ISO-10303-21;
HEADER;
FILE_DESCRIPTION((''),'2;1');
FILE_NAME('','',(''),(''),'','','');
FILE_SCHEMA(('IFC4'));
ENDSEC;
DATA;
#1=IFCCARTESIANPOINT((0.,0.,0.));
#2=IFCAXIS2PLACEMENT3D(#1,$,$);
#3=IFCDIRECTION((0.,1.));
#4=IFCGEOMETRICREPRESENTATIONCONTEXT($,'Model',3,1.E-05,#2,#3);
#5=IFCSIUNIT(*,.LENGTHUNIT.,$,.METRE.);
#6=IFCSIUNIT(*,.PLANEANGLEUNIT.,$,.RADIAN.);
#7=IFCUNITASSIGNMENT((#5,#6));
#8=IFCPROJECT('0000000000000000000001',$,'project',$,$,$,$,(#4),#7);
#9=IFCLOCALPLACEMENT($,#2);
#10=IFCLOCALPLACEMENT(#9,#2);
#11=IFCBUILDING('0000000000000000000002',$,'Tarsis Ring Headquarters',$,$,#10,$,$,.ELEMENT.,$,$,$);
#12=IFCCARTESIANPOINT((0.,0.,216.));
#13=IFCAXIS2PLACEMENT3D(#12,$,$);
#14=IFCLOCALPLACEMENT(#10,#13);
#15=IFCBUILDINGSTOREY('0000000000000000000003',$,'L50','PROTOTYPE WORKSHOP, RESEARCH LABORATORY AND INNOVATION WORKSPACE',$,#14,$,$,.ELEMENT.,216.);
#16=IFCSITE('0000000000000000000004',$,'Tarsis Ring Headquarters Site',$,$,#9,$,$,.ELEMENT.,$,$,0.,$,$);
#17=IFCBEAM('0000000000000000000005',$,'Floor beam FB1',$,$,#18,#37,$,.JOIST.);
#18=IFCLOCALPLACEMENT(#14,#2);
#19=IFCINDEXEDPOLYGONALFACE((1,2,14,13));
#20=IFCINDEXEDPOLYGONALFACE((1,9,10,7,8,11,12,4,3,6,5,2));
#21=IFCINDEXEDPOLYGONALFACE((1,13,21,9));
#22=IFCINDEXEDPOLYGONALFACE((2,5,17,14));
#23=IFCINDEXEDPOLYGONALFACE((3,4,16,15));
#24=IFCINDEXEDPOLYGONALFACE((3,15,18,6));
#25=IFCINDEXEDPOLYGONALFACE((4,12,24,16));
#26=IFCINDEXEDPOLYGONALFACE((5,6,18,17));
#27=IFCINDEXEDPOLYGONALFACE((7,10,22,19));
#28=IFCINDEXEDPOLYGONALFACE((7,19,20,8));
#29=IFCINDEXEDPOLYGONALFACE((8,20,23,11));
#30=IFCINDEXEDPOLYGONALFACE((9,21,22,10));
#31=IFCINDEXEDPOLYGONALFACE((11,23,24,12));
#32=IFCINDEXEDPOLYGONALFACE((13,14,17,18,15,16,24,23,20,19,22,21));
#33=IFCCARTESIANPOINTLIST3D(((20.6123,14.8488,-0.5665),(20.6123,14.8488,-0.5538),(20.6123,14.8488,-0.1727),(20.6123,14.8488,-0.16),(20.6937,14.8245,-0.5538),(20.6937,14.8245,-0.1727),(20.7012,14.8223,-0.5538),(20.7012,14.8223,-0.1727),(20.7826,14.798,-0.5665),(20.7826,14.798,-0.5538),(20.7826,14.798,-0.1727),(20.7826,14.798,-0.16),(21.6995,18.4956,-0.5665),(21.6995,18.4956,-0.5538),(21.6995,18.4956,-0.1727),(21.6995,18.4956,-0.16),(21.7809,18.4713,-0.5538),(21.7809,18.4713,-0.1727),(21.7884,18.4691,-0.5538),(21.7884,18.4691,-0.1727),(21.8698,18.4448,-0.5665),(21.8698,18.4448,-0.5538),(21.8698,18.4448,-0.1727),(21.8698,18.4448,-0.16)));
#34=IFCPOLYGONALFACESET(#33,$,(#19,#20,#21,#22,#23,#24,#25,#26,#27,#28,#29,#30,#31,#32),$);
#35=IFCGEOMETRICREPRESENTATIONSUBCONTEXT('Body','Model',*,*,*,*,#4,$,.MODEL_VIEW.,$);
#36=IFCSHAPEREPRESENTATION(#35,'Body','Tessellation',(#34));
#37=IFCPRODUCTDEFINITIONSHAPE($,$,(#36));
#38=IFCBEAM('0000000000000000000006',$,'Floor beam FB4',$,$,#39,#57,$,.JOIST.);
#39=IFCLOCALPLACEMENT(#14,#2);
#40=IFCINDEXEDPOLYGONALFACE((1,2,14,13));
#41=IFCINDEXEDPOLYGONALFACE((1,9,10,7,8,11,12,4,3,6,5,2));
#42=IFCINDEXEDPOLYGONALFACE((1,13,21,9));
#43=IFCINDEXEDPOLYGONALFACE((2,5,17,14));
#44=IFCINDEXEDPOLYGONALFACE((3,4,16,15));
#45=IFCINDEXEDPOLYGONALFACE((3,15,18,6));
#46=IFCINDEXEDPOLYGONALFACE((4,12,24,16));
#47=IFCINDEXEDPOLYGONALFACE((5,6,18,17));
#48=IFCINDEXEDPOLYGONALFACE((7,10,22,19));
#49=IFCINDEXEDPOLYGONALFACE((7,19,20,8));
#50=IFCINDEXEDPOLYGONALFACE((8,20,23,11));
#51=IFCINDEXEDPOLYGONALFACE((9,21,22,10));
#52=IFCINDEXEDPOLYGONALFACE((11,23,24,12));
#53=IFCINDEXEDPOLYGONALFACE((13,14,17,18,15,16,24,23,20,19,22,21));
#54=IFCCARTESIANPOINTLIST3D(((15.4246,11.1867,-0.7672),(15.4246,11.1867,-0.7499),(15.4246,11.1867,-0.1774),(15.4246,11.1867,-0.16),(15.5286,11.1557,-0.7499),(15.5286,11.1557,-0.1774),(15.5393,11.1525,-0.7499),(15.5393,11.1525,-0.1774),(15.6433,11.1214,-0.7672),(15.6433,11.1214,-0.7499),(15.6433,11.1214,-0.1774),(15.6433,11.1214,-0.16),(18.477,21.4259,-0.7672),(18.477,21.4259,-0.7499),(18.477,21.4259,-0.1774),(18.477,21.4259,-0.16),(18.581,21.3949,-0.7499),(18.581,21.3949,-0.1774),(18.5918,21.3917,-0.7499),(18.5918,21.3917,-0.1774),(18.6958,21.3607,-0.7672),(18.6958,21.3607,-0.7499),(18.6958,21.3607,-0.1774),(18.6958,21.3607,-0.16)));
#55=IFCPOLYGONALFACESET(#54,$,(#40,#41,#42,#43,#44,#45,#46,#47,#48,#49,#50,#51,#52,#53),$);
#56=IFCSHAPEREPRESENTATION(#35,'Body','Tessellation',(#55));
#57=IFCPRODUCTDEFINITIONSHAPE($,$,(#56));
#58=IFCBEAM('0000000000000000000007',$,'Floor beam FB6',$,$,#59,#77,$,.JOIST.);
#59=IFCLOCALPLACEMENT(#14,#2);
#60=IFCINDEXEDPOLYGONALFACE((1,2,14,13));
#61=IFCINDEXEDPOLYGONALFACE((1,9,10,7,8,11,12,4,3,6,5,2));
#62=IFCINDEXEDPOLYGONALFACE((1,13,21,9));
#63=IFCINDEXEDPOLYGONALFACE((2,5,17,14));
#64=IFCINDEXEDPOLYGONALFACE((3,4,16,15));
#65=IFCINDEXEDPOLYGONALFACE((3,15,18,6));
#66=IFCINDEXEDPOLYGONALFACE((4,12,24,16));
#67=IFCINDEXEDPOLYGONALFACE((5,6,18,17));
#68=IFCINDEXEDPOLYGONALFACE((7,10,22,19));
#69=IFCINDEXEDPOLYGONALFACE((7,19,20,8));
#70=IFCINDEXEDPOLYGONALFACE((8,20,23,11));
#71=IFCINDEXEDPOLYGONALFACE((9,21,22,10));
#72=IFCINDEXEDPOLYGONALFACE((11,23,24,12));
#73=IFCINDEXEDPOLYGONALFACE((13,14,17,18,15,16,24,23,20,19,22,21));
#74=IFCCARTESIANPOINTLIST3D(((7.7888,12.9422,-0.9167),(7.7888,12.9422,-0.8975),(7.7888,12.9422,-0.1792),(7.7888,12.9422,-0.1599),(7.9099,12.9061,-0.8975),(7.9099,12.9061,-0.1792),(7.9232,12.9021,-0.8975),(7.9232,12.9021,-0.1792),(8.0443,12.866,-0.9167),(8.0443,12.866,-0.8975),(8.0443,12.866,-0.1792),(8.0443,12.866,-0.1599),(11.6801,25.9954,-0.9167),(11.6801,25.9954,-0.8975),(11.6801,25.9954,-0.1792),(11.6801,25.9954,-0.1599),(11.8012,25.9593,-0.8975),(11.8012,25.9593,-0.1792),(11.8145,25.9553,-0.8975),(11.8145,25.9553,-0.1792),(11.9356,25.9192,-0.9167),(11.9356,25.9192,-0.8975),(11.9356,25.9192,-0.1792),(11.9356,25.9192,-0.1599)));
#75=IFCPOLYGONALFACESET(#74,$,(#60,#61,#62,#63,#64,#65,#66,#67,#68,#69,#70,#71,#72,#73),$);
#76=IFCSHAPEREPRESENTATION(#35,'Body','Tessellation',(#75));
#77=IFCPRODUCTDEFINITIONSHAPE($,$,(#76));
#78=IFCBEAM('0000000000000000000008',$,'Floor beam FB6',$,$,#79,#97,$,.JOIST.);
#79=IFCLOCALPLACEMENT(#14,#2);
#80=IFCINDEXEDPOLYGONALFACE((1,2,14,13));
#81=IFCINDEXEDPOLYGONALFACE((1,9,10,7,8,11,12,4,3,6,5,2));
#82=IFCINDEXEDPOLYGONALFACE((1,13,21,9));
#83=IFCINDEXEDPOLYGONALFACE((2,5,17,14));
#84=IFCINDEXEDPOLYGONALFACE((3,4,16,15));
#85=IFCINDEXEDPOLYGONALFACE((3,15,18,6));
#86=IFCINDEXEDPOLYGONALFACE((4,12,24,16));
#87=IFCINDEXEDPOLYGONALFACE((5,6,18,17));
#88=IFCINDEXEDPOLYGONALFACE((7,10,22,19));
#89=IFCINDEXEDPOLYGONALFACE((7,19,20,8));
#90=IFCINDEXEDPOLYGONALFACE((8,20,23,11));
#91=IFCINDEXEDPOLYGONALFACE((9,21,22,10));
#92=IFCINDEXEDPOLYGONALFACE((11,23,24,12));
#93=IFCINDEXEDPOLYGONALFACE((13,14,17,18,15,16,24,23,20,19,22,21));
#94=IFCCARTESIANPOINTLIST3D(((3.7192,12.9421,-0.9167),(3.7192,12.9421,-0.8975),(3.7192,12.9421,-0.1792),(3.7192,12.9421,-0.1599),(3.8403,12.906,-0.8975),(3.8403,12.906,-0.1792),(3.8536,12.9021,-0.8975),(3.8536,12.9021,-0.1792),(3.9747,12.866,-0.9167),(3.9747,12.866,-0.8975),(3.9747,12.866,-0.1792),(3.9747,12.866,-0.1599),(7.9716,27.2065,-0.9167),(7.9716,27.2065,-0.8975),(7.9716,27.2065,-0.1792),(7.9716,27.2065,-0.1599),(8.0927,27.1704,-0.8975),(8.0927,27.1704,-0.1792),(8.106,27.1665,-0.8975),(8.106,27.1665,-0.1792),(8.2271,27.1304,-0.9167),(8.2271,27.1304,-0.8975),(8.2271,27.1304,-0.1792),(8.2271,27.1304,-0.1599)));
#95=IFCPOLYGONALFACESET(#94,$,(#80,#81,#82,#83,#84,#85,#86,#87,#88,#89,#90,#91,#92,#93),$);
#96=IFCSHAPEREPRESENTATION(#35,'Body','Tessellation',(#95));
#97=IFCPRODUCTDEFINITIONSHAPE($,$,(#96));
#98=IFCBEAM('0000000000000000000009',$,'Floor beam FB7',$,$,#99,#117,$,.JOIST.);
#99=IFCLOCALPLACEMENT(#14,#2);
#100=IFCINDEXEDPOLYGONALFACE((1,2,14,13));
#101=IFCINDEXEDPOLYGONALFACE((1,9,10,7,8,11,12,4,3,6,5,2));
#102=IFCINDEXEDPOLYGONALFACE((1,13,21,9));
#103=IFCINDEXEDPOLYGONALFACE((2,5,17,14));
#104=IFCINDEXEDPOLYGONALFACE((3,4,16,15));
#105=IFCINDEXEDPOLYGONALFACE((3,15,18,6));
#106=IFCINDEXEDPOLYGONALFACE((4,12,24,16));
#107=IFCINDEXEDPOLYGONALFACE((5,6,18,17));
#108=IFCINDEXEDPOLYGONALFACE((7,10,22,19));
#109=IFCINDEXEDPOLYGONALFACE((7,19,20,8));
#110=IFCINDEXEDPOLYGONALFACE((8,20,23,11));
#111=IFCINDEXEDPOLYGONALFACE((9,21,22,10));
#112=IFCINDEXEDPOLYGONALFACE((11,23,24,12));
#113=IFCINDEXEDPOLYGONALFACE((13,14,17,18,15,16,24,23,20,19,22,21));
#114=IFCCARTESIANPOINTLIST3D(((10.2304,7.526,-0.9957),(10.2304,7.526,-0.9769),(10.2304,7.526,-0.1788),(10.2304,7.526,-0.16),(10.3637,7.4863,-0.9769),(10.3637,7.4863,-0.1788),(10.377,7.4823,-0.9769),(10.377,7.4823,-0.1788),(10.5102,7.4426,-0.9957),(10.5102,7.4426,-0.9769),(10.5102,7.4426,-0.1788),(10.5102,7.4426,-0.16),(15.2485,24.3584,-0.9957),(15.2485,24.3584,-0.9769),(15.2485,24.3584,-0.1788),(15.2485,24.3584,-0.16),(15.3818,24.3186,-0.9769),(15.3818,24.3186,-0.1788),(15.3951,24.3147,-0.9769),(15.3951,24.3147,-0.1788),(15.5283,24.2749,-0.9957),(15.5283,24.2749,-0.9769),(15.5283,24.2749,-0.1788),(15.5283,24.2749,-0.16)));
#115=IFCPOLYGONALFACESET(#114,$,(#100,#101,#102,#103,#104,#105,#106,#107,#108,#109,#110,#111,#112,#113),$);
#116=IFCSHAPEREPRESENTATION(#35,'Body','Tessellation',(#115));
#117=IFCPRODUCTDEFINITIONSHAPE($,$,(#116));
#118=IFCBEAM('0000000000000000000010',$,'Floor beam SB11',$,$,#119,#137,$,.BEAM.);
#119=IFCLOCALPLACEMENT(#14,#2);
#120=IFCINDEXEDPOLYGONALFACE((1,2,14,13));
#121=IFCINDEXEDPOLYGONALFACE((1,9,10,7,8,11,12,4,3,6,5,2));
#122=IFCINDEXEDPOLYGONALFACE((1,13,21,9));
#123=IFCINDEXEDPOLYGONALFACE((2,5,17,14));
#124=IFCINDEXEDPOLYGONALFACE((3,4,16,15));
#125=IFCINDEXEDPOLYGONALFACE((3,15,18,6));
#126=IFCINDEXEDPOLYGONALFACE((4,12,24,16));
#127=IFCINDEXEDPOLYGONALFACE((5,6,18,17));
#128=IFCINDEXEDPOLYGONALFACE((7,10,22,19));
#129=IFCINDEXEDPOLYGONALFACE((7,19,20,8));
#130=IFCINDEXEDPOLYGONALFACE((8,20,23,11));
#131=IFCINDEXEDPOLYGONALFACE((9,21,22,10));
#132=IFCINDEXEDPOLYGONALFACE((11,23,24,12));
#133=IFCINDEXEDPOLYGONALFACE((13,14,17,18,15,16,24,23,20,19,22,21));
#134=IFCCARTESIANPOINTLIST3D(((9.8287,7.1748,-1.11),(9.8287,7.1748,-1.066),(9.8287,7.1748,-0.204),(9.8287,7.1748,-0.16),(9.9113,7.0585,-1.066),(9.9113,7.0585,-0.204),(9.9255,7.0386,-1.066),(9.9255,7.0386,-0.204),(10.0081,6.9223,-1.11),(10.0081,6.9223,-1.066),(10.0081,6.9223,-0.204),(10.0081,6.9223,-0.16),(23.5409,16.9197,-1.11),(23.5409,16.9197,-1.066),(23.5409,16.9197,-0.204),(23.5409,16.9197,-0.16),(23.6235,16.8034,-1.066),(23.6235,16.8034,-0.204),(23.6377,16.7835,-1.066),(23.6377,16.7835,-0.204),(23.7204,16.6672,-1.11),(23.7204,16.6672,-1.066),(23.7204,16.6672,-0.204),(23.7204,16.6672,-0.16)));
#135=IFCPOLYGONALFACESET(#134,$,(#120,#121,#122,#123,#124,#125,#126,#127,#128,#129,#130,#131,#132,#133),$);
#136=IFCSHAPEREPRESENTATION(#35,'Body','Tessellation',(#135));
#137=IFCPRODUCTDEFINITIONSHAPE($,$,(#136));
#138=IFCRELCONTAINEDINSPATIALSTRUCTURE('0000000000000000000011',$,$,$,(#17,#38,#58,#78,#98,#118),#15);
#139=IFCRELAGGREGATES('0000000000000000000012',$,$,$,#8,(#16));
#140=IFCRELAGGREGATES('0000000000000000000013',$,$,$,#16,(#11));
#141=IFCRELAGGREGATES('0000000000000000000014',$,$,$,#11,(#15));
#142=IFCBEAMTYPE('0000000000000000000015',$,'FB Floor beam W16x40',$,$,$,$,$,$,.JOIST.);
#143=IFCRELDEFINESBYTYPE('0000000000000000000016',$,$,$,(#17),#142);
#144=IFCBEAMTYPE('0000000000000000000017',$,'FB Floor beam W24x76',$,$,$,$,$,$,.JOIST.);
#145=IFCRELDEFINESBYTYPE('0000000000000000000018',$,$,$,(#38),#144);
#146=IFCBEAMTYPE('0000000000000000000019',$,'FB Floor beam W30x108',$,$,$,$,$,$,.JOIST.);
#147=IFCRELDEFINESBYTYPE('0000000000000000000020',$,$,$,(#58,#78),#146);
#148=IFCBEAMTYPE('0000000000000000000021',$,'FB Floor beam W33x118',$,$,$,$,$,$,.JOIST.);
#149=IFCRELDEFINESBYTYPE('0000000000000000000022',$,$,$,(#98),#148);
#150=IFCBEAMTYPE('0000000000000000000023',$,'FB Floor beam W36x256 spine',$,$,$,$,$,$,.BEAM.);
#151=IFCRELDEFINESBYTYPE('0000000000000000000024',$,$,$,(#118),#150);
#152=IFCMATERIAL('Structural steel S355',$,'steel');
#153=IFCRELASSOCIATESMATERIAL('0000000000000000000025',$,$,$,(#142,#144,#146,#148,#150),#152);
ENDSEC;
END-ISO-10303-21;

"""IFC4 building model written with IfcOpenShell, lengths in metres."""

from ifc_helpers import new_model, si_unit, direction, frame, origin, origin_2d, place, context, subcontext, project, spatial, i_section, extrude, material, material_profile, profile_set, type_object, element, save


model = new_model("IFC4")

# Units and contexts
model_context = context("Model", 3, precision=1e-05, world=origin(), true_north=direction((0.0, 1.0)))
body_context = subcontext(model_context, "Body", "Model", "MODEL_VIEW")
ifc_project = project(units=[si_unit("LENGTHUNIT", "METRE"), si_unit("PLANEANGLEUNIT", "RADIAN")], contexts=[model_context])

# Site, building, storey
site_placement = place(None, origin())
site = spatial("IfcSite", under=ifc_project, at=site_placement, Name="Tarsis Ring Headquarters Site", CompositionType="ELEMENT", RefElevation=0.0)
building_placement = place(site_placement, origin())
building = spatial("IfcBuilding", under=site, at=building_placement, Name="Tarsis Ring Headquarters", CompositionType="ELEMENT")
storey_placement = place(building_placement, frame((0.0, 0.0, 216.0)))
storey = spatial("IfcBuildingStorey", under=building, at=storey_placement, Name="L50", Description="PROTOTYPE WORKSHOP, RESEARCH LABORATORY AND INNOVATION WORKSPACE", CompositionType="ELEMENT", Elevation=216.0)

# Shared definitions
ifc_material_1 = material(Name="Structural steel S355", Category="steel")

# Beams
ifc_material_profile_1 = material_profile(ifc_material_1, i_section(OverallWidth=0.1777, OverallDepth=0.4065, WebThickness=0.0078, FlangeThickness=0.0127, at=origin_2d()), Name="W16x40")
ifc_profile_set_1 = profile_set([ifc_material_profile_1], Name="Structural steel S355")
beam_type_1 = type_object("IfcBeamType", Name="FB Floor beam W16x40", PredefinedType="JOIST", material=ifc_profile_set_1)
beam_1_placement = place(storey_placement, frame((21.7847, 18.4702, -0.3633), z_axis=(-0.285693, -0.958321, 0.0), x_axis=(0.958321, -0.285693, 0.0)))
element("IfcBeam", 1, at=beam_1_placement, inside=storey, type_object=beam_type_1, Name="Floor beam FB1", PredefinedType="JOIST", context=body_context, shape_type="SweptSolid", body=[
    extrude(i_section(OverallWidth=0.1777, OverallDepth=0.4065, WebThickness=0.0078, FlangeThickness=0.0127, at=origin_2d()), origin(), (0.0, 0.0, 1.0), 3.8054),
])
ifc_material_profile_2 = material_profile(ifc_material_1, i_section(OverallWidth=0.2283, OverallDepth=0.6072, WebThickness=0.0112, FlangeThickness=0.0173, at=origin_2d()), Name="W24x76")
ifc_profile_set_2 = profile_set([ifc_material_profile_2], Name="Structural steel S355")
beam_type_2 = type_object("IfcBeamType", Name="FB Floor beam W24x76", PredefinedType="JOIST", material=ifc_profile_set_2)
beam_2_placement = place(storey_placement, frame((18.5864, 21.3933, -0.4636), z_axis=(-0.285691, -0.958322, 0.0), x_axis=(0.958322, -0.285691, 0.0)))
element("IfcBeam", 2, at=beam_2_placement, inside=storey, type_object=beam_type_2, Name="Floor beam FB4", PredefinedType="JOIST", context=body_context, shape_type="SweptSolid", body=[
    extrude(i_section(OverallWidth=0.2283, OverallDepth=0.6072, WebThickness=0.0112, FlangeThickness=0.0173, at=origin_2d()), origin(), (0.0, 0.0, 1.0), 10.6846),
])
ifc_material_profile_3 = material_profile(ifc_material_1, i_section(OverallWidth=0.2666, OverallDepth=0.7568, WebThickness=0.0139, FlangeThickness=0.0193, at=origin_2d()), Name="W30x108")
ifc_profile_set_3 = profile_set([ifc_material_profile_3], Name="Structural steel S355")
beam_type_3 = type_object("IfcBeamType", Name="FB Floor beam W30x108", PredefinedType="JOIST", material=ifc_profile_set_3)
beam_3_placement = place(storey_placement, frame((11.8079, 25.9573, -0.5383), z_axis=(-0.28569, -0.958322, 0.0), x_axis=(0.958322, -0.28569, 0.0)))
element("IfcBeam", 3, at=beam_3_placement, inside=storey, type_object=beam_type_3, Name="Floor beam FB6", PredefinedType="JOIST", context=body_context, shape_type="SweptSolid", body=[
    extrude(i_section(OverallWidth=0.2666, OverallDepth=0.7568, WebThickness=0.0139, FlangeThickness=0.0193, at=origin_2d()), origin(), (0.0, 0.0, 1.0), 13.6208),
])
beam_4_placement = place(storey_placement, frame((8.0994, 27.1685, -0.5383), z_axis=(-0.285691, -0.958322, 0.0), x_axis=(0.958322, -0.285691, 0.0)))
element("IfcBeam", 4, at=beam_4_placement, inside=storey, type_object=beam_type_3, Name="Floor beam FB6", PredefinedType="JOIST", context=body_context, shape_type="SweptSolid", body=[
    extrude(i_section(OverallWidth=0.2666, OverallDepth=0.7568, WebThickness=0.0139, FlangeThickness=0.0193, at=origin_2d()), origin(), (0.0, 0.0, 1.0), 14.8848),
])
ifc_material_profile_4 = material_profile(ifc_material_1, i_section(OverallWidth=0.292, OverallDepth=0.8357, WebThickness=0.0139, FlangeThickness=0.0188, at=origin_2d()), Name="W33x118")
ifc_profile_set_4 = profile_set([ifc_material_profile_4], Name="Structural steel S355")
beam_type_4 = type_object("IfcBeamType", Name="FB Floor beam W33x118", PredefinedType="JOIST", material=ifc_profile_set_4)
beam_5_placement = place(storey_placement, frame((15.3884, 24.3167, -0.5779), z_axis=(-0.285696, -0.95832, 0.0), x_axis=(0.95832, -0.285696, 0.0)))
element("IfcBeam", 5, at=beam_5_placement, inside=storey, type_object=beam_type_4, Name="Floor beam FB7", PredefinedType="JOIST", context=body_context, shape_type="SweptSolid", body=[
    extrude(i_section(OverallWidth=0.292, OverallDepth=0.8357, WebThickness=0.0139, FlangeThickness=0.0188, at=origin_2d()), origin(), (0.0, 0.0, 1.0), 17.5645),
])
ifc_material_profile_5 = material_profile(ifc_material_1, i_section(OverallWidth=0.3098, OverallDepth=0.95, WebThickness=0.0244, FlangeThickness=0.0439, at=origin_2d()), Name="W36x256")
ifc_profile_set_5 = profile_set([ifc_material_profile_5], Name="Structural steel S355")
beam_type_5 = type_object("IfcBeamType", Name="FB Floor beam W36x256 spine", PredefinedType="BEAM", material=ifc_profile_set_5)
beam_6_placement = place(storey_placement, frame((23.6306, 16.7935, -0.635), z_axis=(-0.815124, -0.579287, 0.0), x_axis=(0.579287, -0.815124, 0.0)))
element("IfcBeam", 6, at=beam_6_placement, inside=storey, type_object=beam_type_5, Name="Floor beam SB11", PredefinedType="BEAM", context=body_context, shape_type="SweptSolid", body=[
    extrude(i_section(OverallWidth=0.3098, OverallDepth=0.95, WebThickness=0.0244, FlangeThickness=0.0439, at=origin_2d()), origin(), (0.0, 0.0, 1.0), 16.8223),
])

save(model, "model.ifc")
